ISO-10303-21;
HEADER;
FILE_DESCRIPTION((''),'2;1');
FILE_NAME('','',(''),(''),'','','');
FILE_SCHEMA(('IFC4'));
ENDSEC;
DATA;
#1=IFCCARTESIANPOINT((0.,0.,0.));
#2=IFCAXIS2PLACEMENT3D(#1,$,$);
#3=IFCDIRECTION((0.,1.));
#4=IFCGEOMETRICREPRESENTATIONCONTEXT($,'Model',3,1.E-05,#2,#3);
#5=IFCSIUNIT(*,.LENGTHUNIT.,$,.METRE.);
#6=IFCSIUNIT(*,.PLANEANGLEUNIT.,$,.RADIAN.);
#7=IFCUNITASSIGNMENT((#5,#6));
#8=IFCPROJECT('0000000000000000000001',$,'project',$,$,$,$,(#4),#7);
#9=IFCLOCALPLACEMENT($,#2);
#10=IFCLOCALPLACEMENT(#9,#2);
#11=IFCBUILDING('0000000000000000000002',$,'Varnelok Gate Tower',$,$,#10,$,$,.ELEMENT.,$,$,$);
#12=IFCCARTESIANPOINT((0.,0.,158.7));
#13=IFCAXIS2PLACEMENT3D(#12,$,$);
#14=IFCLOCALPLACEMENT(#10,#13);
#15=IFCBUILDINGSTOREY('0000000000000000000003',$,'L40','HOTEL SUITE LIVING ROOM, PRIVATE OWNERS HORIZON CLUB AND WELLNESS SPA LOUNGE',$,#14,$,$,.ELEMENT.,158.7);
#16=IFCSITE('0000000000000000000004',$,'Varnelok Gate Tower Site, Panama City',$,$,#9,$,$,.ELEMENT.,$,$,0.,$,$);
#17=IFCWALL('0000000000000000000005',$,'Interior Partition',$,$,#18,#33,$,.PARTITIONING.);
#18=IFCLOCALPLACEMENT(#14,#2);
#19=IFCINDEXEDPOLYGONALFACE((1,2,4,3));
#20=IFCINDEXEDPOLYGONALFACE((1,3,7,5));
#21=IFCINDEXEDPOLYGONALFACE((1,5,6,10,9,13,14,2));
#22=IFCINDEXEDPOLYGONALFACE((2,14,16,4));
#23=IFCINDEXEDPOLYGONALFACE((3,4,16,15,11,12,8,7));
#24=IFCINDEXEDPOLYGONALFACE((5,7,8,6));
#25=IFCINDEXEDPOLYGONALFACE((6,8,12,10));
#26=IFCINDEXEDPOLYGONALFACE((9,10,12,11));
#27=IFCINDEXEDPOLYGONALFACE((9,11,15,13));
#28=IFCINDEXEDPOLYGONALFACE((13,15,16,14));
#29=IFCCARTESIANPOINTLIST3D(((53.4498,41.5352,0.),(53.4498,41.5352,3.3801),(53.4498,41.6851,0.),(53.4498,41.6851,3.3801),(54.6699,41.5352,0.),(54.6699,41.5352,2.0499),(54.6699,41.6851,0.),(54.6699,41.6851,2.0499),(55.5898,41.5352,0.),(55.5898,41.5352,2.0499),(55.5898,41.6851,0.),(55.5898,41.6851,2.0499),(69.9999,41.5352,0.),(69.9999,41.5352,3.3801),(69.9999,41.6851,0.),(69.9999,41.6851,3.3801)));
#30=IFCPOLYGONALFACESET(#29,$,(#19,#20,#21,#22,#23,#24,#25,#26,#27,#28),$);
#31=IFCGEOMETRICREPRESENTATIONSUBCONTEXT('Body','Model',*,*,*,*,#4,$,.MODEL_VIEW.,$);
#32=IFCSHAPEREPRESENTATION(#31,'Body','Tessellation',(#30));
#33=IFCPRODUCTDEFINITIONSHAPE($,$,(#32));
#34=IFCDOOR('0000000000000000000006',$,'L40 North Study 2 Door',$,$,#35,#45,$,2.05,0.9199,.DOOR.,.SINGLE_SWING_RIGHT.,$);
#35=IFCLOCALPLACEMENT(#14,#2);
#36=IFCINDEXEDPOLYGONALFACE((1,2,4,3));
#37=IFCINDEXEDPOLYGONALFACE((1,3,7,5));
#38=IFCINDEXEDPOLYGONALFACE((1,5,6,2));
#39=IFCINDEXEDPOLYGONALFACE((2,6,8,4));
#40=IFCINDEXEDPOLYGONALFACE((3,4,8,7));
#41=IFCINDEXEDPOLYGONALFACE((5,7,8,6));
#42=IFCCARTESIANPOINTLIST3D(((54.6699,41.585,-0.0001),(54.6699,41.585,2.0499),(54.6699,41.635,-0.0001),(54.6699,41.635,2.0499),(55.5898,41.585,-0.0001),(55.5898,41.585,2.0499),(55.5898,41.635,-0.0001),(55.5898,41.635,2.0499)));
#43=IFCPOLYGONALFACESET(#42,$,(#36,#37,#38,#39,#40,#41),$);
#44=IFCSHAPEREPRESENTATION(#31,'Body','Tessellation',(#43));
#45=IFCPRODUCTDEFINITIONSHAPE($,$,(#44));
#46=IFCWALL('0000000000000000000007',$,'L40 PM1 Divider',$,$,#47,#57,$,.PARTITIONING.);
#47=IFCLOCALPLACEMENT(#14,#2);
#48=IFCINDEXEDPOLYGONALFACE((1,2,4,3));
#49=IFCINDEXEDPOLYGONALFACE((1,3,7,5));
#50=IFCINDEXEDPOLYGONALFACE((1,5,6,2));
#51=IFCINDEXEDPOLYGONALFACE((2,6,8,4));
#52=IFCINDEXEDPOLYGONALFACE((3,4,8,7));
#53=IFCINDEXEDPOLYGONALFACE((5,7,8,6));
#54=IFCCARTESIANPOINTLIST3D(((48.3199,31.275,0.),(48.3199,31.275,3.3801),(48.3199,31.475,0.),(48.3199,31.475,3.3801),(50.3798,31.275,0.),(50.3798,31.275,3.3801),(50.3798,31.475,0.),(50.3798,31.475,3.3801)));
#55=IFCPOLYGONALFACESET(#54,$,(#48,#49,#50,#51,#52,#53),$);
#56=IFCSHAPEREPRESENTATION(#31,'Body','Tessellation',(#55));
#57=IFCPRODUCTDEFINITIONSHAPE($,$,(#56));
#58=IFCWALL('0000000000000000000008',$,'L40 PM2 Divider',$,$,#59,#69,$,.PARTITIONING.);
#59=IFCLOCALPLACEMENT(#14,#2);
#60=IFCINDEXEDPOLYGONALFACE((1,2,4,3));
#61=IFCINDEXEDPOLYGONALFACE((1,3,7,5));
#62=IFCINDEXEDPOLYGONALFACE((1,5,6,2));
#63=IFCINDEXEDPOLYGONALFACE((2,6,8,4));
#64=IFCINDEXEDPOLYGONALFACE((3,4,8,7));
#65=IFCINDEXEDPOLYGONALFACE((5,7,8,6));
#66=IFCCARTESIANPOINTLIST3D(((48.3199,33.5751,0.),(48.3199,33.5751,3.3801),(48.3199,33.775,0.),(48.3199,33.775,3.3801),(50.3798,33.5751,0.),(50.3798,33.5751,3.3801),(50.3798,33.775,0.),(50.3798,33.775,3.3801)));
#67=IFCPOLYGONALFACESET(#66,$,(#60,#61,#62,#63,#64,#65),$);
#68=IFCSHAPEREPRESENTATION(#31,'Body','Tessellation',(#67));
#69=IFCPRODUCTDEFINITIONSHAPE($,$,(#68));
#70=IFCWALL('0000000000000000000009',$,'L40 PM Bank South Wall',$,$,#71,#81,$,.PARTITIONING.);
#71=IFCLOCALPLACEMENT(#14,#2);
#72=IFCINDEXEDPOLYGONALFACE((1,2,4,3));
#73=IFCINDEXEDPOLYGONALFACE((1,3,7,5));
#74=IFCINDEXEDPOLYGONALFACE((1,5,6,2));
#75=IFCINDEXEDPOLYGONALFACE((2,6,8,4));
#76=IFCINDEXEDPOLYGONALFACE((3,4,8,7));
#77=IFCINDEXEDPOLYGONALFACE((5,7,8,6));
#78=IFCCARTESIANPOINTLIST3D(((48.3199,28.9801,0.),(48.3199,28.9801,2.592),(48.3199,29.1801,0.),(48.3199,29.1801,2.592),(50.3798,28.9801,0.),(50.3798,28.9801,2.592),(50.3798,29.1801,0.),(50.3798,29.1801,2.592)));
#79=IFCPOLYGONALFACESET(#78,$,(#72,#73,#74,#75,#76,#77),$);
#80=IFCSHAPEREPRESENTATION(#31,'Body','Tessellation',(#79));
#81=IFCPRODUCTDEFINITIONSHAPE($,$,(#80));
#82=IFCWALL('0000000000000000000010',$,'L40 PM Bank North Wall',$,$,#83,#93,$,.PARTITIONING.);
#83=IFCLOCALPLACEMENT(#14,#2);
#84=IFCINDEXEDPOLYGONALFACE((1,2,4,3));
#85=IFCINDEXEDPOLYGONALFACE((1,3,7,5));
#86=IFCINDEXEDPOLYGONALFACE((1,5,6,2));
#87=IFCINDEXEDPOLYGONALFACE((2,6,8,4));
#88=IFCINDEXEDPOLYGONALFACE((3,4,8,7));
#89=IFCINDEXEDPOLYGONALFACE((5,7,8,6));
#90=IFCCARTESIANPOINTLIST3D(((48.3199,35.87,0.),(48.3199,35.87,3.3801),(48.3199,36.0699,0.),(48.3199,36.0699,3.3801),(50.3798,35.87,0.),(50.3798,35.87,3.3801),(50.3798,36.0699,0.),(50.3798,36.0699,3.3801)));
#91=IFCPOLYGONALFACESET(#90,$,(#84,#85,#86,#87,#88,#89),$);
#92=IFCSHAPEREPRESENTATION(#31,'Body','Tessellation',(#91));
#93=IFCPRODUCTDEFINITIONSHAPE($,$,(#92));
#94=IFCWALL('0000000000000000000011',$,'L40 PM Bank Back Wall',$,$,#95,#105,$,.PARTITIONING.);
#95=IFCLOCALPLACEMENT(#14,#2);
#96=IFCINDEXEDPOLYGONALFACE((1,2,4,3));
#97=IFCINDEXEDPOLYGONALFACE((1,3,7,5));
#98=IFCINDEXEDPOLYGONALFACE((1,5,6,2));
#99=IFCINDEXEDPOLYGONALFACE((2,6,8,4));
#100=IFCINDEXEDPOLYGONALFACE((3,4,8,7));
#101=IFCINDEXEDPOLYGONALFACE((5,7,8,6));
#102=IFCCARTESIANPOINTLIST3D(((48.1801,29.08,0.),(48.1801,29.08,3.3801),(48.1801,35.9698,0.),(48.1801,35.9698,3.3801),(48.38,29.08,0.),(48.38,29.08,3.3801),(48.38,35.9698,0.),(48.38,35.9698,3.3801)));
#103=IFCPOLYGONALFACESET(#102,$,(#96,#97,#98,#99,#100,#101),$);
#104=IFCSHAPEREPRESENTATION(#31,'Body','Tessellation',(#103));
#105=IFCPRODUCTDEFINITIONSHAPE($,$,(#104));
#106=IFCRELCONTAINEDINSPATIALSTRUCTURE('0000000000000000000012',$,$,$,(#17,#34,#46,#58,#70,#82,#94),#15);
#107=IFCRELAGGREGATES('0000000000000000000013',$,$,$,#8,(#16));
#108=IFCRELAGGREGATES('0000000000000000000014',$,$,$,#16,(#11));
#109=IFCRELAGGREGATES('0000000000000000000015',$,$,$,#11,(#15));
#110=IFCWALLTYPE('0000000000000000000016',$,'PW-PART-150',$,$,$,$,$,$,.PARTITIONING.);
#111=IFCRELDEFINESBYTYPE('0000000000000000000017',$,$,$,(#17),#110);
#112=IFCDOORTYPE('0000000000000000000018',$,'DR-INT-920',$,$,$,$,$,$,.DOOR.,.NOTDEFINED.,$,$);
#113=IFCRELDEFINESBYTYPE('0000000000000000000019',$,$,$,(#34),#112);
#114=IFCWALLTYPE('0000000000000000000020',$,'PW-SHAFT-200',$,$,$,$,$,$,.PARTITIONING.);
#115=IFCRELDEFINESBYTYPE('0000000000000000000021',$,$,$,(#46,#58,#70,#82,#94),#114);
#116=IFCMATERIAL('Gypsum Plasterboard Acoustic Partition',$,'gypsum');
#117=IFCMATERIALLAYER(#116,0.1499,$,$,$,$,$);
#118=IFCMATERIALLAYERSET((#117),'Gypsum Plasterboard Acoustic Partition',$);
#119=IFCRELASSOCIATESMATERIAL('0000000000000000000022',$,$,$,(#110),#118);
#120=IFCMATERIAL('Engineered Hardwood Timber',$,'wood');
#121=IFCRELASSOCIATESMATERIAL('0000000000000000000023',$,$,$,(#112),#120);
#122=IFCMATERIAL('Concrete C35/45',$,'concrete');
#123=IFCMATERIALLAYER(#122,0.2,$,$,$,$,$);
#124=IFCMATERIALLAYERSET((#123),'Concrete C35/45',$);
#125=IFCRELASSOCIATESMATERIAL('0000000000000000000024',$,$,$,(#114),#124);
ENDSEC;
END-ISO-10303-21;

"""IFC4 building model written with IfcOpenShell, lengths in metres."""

from ifc_helpers import new_model, si_unit, direction, frame, frame_2d, origin, place, context, subcontext, project, spatial, rectangle, extrude, material, layer, layer_set, type_object, element, fill, save


model = new_model("IFC4")

# Units and contexts
model_context = context("Model", 3, precision=1e-05, world=origin(), true_north=direction((0.0, 1.0)))
body_context = subcontext(model_context, "Body", "Model", "MODEL_VIEW")
ifc_project = project(units=[si_unit("LENGTHUNIT", "METRE"), si_unit("PLANEANGLEUNIT", "RADIAN")], contexts=[model_context])

# Site, building, storey
site_placement = place(None, origin())
site = spatial("IfcSite", under=ifc_project, at=site_placement, Name="Varnelok Gate Tower Site, Panama City", CompositionType="ELEMENT", RefElevation=0.0)
building_placement = place(site_placement, origin())
building = spatial("IfcBuilding", under=site, at=building_placement, Name="Varnelok Gate Tower", CompositionType="ELEMENT")
storey_placement = place(building_placement, frame((0.0, 0.0, 158.7)))
storey = spatial("IfcBuildingStorey", under=building, at=storey_placement, Name="L40", Description="HOTEL SUITE LIVING ROOM, PRIVATE OWNERS HORIZON CLUB AND WELLNESS SPA LOUNGE", CompositionType="ELEMENT", Elevation=158.7)

# Shared definitions
ifc_material_1 = material(Name="Gypsum Plasterboard Acoustic Partition", Category="gypsum")

# Wall, opening, door
ifc_layer_1 = layer(ifc_material_1, 0.1499)
ifc_layer_set_1 = layer_set([ifc_layer_1], Name="Gypsum Plasterboard Acoustic Partition")
wall_type_1 = type_object("IfcWallType", Name="PW-PART-150", PredefinedType="PARTITIONING", material=ifc_layer_set_1)
wall_1_placement = place(storey_placement, frame((53.45, 41.6101, 0.0), z_axis=(0.0, 0.0, 1.0), x_axis=(1.0, 0.0, 0.0)))
wall_1 = element("IfcWall", 1, at=wall_1_placement, inside=storey, type_object=wall_type_1, Name="Interior Partition", PredefinedType="PARTITIONING", context=body_context, shape_type="SweptSolid", body=[
    extrude(rectangle(XDim=16.55, YDim=0.1499, at=frame_2d((8.2749, 0.0))), origin(), (0.0, 0.0, 1.0), 3.3801),
])
opening_1_placement = place(wall_1_placement, frame((1.22, 0.0, 0.0)))
opening_1 = element("IfcOpeningElement", 2, at=opening_1_placement, cuts=wall_1, PredefinedType="OPENING", context=body_context, shape_type="SweptSolid", body=[
    extrude(rectangle(XDim=0.9199, YDim=2.05, at=frame_2d((0.46, 1.0249))), frame((0.0, 0.085, 0.0), z_axis=(0.0, -1.0, 0.0), x_axis=(1.0, 0.0, 0.0)), (0.0, 0.0, 1.0), 0.1699),
])
ifc_material_2 = material(Name="Engineered Hardwood Timber", Category="wood")
door_type_1 = type_object("IfcDoorType", Name="DR-INT-920", OperationType="NOTDEFINED", PredefinedType="DOOR", material=ifc_material_2)
door_1_placement = place(opening_1_placement, origin())
door_1 = element("IfcDoor", 3, at=door_1_placement, inside=storey, type_object=door_type_1, Name="L40 North Study 2 Door", OperationType="SINGLE_SWING_RIGHT", OverallHeight=2.05, OverallWidth=0.9199, PredefinedType="DOOR", context=body_context, shape_type="SweptSolid", body=[
    extrude(rectangle(XDim=0.9199, YDim=2.05, at=frame_2d((0.46, 1.0249))), frame((0.0, 0.0249, 0.0), z_axis=(0.0, -1.0, 0.0), x_axis=(1.0, 0.0, 0.0)), (0.0, 0.0, 1.0), 0.05),
])
fill(opening_1, door_1)

# Walls
ifc_material_3 = material(Name="Concrete C35/45", Category="concrete")
ifc_layer_2 = layer(ifc_material_3, 0.2)
ifc_layer_set_2 = layer_set([ifc_layer_2], Name="Concrete C35/45")
wall_type_2 = type_object("IfcWallType", Name="PW-SHAFT-200", PredefinedType="PARTITIONING", material=ifc_layer_set_2)
for number, where, z_axis, x_axis, name in (
    (4, (48.3201, 31.375, 0.0), (0.0, 0.0, 1.0), (1.0, 0.0, 0.0), "L40 PM1 Divider"),
    (5, (48.3201, 33.675, 0.0), (0.0, 0.0, 1.0), (1.0, 0.0, 0.0), "L40 PM2 Divider"),
):
    element("IfcWall", number, at=place(storey_placement, frame(where, z_axis=z_axis, x_axis=x_axis)), inside=storey, type_object=wall_type_2, Name=name, PredefinedType="PARTITIONING", context=body_context, shape_type="SweptSolid", body=[
        extrude(rectangle(XDim=2.0598, YDim=0.2, at=frame_2d((1.0298, 0.0))), origin(), (0.0, 0.0, 1.0), 3.3801),
    ])
wall_2_placement = place(storey_placement, frame((48.3201, 29.0801, 0.0), z_axis=(0.0, 0.0, 1.0), x_axis=(1.0, 0.0, 0.0)))
element("IfcWall", 6, at=wall_2_placement, inside=storey, type_object=wall_type_2, Name="L40 PM Bank South Wall", PredefinedType="PARTITIONING", context=body_context, shape_type="SweptSolid", body=[
    extrude(rectangle(XDim=2.0598, YDim=0.2, at=frame_2d((1.0298, 0.0))), origin(), (0.0, 0.0, 1.0), 2.592),
])
wall_3_placement = place(storey_placement, frame((48.3201, 35.97, 0.0), z_axis=(0.0, 0.0, 1.0), x_axis=(1.0, 0.0, 0.0)))
element("IfcWall", 7, at=wall_3_placement, inside=storey, type_object=wall_type_2, Name="L40 PM Bank North Wall", PredefinedType="PARTITIONING", context=body_context, shape_type="SweptSolid", body=[
    extrude(rectangle(XDim=2.0598, YDim=0.2, at=frame_2d((1.0298, 0.0))), origin(), (0.0, 0.0, 1.0), 3.3801),
])
wall_4_placement = place(storey_placement, frame((48.28, 29.0801, 0.0), z_axis=(0.0, 0.0, 1.0), x_axis=(0.0, 1.0, 0.0)))
element("IfcWall", 8, at=wall_4_placement, inside=storey, type_object=wall_type_2, Name="L40 PM Bank Back Wall", PredefinedType="PARTITIONING", context=body_context, shape_type="SweptSolid", body=[
    extrude(rectangle(XDim=6.8899, YDim=0.2, at=frame_2d((3.4448, 0.0))), origin(), (0.0, 0.0, 1.0), 3.3801),
])

save(model, "model.ifc")
